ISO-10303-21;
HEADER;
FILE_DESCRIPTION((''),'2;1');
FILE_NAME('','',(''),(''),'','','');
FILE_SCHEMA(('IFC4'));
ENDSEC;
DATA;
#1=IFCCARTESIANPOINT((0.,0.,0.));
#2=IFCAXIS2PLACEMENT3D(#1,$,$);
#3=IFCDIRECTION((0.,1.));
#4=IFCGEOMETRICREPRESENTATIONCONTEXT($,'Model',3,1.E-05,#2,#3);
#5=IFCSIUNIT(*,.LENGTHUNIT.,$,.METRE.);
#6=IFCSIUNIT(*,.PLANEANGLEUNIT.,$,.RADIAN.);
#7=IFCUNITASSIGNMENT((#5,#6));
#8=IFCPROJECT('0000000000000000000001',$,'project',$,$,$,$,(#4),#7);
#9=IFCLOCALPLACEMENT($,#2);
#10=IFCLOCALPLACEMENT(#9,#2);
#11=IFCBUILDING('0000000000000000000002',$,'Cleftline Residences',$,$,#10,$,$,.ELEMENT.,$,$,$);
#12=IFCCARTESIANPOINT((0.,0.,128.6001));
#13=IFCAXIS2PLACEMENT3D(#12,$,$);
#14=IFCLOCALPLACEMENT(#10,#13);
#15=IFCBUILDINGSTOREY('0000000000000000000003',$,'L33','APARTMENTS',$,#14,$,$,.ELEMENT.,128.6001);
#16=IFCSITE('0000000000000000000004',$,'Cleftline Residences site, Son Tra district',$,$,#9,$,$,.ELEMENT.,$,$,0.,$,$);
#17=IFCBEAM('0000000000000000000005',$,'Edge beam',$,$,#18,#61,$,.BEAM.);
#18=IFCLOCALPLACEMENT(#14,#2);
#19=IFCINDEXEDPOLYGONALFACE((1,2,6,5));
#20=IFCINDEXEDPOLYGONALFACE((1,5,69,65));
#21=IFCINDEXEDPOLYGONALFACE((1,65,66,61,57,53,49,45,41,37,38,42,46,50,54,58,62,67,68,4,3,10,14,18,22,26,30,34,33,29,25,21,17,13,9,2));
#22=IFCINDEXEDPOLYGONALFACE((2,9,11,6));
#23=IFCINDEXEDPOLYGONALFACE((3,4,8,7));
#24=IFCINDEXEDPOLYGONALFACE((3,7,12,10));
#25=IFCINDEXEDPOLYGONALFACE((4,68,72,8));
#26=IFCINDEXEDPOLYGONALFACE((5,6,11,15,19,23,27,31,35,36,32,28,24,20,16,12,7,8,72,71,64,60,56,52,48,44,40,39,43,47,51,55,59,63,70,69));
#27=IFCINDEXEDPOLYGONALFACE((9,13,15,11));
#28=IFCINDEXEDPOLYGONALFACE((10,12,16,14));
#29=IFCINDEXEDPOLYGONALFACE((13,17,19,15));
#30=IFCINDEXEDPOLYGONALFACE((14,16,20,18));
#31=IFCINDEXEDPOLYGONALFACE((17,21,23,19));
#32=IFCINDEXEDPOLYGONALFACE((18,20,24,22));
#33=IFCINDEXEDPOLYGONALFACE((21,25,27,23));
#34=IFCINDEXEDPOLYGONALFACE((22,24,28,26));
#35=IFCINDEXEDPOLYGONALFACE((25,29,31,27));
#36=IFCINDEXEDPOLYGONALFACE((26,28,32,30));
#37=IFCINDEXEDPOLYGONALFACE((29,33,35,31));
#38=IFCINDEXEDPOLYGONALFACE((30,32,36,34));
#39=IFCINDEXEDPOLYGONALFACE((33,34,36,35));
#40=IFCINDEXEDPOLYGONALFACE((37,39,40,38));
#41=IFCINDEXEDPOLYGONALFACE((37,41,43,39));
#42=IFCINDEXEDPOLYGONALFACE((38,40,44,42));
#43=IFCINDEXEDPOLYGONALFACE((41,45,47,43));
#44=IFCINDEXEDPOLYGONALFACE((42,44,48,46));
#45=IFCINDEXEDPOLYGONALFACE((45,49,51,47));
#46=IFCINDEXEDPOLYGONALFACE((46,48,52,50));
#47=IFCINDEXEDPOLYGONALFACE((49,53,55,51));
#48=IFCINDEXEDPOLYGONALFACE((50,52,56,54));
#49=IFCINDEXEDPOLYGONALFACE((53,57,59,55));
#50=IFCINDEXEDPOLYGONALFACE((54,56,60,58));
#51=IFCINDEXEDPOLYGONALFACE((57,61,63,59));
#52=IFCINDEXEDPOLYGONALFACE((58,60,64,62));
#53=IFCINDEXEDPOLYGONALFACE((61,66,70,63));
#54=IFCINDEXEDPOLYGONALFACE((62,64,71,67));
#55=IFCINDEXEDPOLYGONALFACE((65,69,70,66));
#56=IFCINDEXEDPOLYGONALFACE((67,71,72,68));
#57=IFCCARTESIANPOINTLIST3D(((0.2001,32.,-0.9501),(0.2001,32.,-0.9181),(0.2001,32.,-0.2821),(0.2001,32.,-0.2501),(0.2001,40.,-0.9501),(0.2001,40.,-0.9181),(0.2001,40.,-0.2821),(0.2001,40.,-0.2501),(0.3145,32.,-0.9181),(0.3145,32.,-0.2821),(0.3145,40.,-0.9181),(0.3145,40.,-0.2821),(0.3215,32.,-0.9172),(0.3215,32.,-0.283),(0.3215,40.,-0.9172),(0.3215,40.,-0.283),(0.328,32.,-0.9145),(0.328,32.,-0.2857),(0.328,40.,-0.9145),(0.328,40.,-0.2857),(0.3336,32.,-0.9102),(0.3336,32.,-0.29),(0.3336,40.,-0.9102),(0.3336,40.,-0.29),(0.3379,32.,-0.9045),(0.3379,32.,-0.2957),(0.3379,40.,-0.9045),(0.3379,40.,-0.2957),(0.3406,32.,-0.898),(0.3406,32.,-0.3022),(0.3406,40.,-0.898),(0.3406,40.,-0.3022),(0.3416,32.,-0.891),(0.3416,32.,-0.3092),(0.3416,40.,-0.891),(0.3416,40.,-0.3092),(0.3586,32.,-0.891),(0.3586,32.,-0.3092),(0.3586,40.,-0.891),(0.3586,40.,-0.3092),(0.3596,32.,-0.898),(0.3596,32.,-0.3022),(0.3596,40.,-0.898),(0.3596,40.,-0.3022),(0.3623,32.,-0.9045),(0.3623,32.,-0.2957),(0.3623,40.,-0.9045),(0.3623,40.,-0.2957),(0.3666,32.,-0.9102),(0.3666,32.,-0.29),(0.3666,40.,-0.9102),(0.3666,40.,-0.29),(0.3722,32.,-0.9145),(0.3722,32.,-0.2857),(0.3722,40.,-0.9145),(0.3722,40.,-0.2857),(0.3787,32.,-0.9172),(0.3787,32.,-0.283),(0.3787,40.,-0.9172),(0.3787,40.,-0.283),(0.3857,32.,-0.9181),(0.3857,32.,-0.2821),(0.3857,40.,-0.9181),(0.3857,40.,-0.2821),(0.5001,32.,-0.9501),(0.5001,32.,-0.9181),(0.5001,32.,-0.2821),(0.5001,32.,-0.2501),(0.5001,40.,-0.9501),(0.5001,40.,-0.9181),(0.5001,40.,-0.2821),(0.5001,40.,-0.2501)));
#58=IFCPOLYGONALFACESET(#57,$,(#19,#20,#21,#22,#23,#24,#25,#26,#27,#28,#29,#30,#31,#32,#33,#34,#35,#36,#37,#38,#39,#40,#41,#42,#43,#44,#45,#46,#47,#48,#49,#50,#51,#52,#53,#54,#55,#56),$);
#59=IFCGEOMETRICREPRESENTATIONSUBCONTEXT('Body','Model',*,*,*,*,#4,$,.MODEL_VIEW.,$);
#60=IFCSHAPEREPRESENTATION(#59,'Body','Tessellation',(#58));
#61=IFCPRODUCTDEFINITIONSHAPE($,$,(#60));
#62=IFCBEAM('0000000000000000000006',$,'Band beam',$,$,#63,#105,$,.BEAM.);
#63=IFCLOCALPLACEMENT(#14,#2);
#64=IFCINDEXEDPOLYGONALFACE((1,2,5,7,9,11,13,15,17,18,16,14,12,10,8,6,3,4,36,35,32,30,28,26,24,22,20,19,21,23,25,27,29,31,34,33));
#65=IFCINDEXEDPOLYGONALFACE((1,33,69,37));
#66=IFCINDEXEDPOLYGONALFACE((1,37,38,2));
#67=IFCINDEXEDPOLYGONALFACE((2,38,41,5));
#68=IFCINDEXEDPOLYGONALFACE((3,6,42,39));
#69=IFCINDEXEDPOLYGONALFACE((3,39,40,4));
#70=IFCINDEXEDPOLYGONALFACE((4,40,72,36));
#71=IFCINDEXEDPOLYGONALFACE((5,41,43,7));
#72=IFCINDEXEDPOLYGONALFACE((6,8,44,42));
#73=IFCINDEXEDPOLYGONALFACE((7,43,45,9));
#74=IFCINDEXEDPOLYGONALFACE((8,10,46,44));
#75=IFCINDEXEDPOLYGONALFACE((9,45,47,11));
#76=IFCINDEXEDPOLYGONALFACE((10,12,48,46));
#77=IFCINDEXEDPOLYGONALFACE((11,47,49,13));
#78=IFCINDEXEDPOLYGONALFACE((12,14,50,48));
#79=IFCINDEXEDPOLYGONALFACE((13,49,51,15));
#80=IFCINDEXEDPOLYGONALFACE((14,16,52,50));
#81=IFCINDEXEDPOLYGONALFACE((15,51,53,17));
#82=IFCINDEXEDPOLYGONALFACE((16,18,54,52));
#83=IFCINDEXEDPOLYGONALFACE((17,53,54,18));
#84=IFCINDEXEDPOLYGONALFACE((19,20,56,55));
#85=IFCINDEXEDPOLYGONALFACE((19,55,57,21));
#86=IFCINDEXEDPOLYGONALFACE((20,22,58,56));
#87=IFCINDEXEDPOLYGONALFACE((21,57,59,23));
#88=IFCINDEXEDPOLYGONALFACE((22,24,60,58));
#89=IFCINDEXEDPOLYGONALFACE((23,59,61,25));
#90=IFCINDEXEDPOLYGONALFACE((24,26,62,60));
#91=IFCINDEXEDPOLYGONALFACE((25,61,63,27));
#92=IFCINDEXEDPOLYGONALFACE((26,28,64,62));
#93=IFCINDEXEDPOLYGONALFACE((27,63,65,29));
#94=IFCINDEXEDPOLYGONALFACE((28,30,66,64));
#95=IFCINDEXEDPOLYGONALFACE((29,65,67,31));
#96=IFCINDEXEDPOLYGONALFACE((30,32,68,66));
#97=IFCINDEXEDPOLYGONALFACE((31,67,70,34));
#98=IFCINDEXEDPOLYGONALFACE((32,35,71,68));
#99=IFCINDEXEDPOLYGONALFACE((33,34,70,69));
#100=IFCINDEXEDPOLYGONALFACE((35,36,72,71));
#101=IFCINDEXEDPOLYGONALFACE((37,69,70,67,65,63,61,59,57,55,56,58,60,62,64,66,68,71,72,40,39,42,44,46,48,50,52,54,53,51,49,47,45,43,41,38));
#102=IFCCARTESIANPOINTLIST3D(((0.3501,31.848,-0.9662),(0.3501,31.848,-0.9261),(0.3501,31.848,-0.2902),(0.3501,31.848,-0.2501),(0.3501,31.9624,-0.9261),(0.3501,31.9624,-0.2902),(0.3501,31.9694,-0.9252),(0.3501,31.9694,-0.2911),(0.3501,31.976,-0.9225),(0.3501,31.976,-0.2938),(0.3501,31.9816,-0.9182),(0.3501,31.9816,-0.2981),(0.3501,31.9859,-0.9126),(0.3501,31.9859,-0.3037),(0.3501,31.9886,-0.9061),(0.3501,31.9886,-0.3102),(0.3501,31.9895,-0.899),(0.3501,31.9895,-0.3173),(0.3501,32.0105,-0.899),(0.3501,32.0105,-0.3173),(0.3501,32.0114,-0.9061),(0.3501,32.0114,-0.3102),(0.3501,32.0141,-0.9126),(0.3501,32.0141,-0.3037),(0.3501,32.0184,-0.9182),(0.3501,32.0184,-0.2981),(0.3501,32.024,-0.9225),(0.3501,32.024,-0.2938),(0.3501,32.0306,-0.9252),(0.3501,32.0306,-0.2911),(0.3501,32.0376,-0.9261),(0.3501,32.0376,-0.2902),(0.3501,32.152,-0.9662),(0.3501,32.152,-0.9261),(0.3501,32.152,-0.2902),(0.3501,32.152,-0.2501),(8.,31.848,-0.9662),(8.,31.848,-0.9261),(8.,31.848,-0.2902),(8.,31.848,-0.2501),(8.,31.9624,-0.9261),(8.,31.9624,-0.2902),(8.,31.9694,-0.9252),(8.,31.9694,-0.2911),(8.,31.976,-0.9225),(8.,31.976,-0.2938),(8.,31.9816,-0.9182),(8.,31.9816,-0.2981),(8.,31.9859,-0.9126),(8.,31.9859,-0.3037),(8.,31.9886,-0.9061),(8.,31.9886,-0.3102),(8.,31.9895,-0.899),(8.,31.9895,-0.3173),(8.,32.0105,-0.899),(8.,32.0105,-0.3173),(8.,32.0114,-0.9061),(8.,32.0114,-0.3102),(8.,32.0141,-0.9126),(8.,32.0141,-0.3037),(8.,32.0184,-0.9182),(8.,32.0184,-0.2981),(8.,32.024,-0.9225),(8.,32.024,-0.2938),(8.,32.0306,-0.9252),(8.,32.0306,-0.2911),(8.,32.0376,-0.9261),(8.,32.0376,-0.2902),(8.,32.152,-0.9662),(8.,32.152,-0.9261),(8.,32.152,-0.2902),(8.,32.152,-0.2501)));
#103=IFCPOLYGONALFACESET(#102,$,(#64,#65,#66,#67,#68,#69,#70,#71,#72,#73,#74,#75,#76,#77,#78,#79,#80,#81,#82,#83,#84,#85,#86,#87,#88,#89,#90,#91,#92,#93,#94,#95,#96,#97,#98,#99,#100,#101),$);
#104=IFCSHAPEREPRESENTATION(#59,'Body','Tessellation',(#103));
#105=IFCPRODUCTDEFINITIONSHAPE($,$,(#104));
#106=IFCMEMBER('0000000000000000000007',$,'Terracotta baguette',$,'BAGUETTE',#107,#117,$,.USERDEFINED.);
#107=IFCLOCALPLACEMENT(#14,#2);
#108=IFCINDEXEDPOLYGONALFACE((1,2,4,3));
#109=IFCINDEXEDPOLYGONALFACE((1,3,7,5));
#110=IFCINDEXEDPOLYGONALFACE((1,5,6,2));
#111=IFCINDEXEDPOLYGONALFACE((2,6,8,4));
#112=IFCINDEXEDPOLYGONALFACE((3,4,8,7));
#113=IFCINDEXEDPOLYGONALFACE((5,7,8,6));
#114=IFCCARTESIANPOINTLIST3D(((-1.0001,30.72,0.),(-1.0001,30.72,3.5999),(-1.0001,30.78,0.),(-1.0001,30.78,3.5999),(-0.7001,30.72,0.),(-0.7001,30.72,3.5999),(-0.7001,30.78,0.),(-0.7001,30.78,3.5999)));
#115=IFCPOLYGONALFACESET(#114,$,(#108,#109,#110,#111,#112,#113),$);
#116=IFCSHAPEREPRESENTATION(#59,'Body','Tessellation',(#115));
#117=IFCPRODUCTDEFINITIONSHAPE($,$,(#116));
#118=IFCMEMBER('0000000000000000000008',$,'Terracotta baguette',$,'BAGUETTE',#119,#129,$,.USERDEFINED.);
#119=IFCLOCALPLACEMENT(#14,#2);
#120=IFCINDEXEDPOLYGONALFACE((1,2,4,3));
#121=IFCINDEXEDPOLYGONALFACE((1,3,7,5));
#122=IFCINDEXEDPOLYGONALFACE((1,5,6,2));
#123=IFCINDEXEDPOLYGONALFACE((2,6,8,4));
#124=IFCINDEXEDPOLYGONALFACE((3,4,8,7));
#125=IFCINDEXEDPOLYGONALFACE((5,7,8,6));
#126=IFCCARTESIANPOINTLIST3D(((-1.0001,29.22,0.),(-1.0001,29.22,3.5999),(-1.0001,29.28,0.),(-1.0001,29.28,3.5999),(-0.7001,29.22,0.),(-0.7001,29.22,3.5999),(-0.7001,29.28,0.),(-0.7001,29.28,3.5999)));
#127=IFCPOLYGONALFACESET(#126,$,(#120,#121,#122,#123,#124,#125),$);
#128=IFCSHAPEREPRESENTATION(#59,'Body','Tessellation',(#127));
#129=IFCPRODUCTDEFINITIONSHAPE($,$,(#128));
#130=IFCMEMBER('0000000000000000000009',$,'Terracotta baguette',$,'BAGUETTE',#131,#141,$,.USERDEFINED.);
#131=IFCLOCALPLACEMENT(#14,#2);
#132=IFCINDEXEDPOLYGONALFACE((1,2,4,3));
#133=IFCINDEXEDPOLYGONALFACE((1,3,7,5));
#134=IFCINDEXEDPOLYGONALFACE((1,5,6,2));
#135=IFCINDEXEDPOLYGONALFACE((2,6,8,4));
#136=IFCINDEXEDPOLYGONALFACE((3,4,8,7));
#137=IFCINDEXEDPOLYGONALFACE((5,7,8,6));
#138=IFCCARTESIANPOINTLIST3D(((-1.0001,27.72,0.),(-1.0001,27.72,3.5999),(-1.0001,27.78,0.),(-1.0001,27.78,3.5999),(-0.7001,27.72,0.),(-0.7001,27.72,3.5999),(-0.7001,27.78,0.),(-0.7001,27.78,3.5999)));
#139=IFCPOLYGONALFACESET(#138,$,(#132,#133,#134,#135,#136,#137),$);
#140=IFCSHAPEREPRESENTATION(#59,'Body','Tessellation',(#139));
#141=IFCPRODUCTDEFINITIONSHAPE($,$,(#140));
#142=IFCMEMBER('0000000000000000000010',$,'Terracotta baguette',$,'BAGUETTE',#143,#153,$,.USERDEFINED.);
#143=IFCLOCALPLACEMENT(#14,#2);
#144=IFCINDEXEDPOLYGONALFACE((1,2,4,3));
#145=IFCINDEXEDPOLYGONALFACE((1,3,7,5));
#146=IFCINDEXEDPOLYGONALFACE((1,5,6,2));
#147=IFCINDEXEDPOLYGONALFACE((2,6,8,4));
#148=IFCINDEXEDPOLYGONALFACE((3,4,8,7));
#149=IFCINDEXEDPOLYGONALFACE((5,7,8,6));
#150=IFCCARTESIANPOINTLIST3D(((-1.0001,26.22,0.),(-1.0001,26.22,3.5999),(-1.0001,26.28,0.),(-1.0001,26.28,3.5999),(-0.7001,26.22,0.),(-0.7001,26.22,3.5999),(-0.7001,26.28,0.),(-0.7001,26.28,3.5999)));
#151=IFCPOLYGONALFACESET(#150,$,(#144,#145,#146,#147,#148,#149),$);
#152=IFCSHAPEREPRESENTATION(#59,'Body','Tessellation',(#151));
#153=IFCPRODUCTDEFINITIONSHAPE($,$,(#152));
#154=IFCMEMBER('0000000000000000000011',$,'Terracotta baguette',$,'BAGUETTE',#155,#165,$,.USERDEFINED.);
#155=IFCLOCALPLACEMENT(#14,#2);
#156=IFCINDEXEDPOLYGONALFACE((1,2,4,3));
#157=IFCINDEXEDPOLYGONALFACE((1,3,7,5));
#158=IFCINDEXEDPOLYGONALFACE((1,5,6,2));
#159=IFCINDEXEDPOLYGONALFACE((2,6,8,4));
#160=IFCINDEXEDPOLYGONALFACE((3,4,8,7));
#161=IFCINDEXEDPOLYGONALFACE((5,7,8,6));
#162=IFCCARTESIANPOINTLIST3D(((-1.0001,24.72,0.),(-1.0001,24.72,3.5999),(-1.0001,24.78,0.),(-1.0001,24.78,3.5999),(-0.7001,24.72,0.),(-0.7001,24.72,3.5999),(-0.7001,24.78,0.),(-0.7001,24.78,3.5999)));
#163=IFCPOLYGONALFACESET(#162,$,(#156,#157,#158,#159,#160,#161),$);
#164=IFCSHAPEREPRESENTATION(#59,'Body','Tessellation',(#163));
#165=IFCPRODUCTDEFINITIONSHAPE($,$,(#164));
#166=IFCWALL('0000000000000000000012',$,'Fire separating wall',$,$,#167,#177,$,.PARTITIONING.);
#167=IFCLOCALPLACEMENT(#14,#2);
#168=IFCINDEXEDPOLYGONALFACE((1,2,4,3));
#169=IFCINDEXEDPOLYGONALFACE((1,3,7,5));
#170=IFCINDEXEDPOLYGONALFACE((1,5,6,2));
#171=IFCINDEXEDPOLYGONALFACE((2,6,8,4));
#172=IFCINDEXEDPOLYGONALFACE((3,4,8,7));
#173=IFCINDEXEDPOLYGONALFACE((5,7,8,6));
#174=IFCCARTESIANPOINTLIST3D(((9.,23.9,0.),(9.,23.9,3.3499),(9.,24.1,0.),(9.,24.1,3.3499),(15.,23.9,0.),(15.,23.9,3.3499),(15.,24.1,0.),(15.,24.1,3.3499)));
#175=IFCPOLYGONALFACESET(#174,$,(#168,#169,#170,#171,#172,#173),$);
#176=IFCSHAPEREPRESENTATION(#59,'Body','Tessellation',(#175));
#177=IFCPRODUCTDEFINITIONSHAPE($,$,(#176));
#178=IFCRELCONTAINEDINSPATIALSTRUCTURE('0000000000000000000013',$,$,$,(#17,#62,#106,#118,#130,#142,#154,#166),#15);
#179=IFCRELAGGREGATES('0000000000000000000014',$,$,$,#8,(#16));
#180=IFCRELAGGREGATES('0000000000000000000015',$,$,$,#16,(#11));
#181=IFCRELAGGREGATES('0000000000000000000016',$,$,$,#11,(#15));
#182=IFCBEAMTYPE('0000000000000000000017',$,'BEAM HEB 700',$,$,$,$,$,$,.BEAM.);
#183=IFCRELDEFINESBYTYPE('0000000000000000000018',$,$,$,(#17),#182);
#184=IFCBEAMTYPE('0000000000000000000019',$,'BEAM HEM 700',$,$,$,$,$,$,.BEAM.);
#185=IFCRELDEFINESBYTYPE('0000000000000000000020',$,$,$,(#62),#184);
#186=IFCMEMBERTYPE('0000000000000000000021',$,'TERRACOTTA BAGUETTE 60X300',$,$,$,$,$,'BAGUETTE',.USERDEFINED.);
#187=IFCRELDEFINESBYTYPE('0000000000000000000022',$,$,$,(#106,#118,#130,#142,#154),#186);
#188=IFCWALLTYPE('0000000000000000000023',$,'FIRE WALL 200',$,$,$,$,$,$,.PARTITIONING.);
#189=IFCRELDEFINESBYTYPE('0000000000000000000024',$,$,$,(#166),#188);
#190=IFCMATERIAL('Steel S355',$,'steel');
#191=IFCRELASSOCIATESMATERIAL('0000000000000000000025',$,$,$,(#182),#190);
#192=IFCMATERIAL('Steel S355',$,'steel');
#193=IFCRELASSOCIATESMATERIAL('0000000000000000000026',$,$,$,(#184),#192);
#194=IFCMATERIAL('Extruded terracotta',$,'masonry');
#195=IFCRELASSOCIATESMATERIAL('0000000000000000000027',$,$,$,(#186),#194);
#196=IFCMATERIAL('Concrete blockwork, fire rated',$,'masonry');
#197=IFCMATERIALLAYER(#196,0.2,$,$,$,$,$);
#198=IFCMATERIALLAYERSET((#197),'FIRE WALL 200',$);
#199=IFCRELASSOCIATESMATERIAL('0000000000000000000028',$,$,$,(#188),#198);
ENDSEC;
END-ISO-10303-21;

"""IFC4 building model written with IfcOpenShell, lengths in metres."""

from ifc_helpers import new_model, si_unit, direction, frame, frame_2d, origin, origin_2d, place, context, subcontext, project, spatial, rectangle, i_section, extrude, material, layer, layer_set, material_profile, profile_set, type_object, element, save


model = new_model("IFC4")

# Units and contexts
model_context = context("Model", 3, precision=1e-05, world=origin(), true_north=direction((0.0, 1.0)))
body_context = subcontext(model_context, "Body", "Model", "MODEL_VIEW")
ifc_project = project(units=[si_unit("LENGTHUNIT", "METRE"), si_unit("PLANEANGLEUNIT", "RADIAN")], contexts=[model_context])

# Site, building, storey
site_placement = place(None, origin())
site = spatial("IfcSite", under=ifc_project, at=site_placement, Name="Cleftline Residences site, Son Tra district", CompositionType="ELEMENT", RefElevation=0.0)
building_placement = place(site_placement, origin())
building = spatial("IfcBuilding", under=site, at=building_placement, Name="Cleftline Residences", CompositionType="ELEMENT")
storey_placement = place(building_placement, frame((0.0, 0.0, 128.6001)))
storey = spatial("IfcBuildingStorey", under=building, at=storey_placement, Name="L33", Description="APARTMENTS", CompositionType="ELEMENT", Elevation=128.6001)

# Beams
ifc_material_1 = material(Name="Steel S355", Category="steel")
ifc_material_profile_1 = material_profile(ifc_material_1, i_section(OverallWidth=0.3, OverallDepth=0.7, WebThickness=0.0171, FlangeThickness=0.032, FilletRadius=0.0271, at=origin_2d()))
ifc_profile_set_1 = profile_set([ifc_material_profile_1], Name="Steel S355")
beam_type_1 = type_object("IfcBeamType", Name="BEAM HEB 700", PredefinedType="BEAM", material=ifc_profile_set_1)
for number, where, z_axis, x_axis, name in (
    (1, (0.3501, 32.0, -0.6001), (0.0, 1.0, 0.0), (-1.0, 0.0, 0.0), "Edge beam"),
):
    element("IfcBeam", number, at=place(storey_placement, frame(where, z_axis=z_axis, x_axis=x_axis)), inside=storey, type_object=beam_type_1, Name=name, PredefinedType="BEAM", context=body_context, shape_type="SweptSolid", body=[
        extrude(i_section(OverallWidth=0.3, OverallDepth=0.7, WebThickness=0.0171, FlangeThickness=0.032, FilletRadius=0.0271, at=origin_2d()), origin(), (0.0, 0.0, 1.0), 8.0),
    ])
ifc_material_2 = material(Name="Steel S355", Category="steel")
ifc_material_profile_2 = material_profile(ifc_material_2, i_section(OverallWidth=0.304, OverallDepth=0.7161, WebThickness=0.021, FlangeThickness=0.04, FilletRadius=0.0271, at=origin_2d()))
ifc_profile_set_2 = profile_set([ifc_material_profile_2], Name="Steel S355")
beam_type_2 = type_object("IfcBeamType", Name="BEAM HEM 700", PredefinedType="BEAM", material=ifc_profile_set_2)
beam_placement = place(storey_placement, frame((0.3501, 32.0, -0.6082), z_axis=(1.0, 0.0, 0.0), x_axis=(0.0, 1.0, 0.0)))
element("IfcBeam", 2, at=beam_placement, inside=storey, type_object=beam_type_2, Name="Band beam", PredefinedType="BEAM", context=body_context, shape_type="SweptSolid", body=[
    extrude(i_section(OverallWidth=0.304, OverallDepth=0.7161, WebThickness=0.021, FlangeThickness=0.04, FilletRadius=0.0271, at=origin_2d()), origin(), (0.0, 0.0, 1.0), 7.6499),
])

# Members
ifc_material_3 = material(Name="Extruded terracotta", Category="masonry")
ifc_material_profile_3 = material_profile(ifc_material_3, rectangle(XDim=0.0601, YDim=0.3, at=origin_2d()))
ifc_profile_set_3 = profile_set([ifc_material_profile_3], Name="Extruded terracotta")
member_type_1 = type_object("IfcMemberType", Name="TERRACOTTA BAGUETTE 60X300", ElementType="BAGUETTE", PredefinedType="USERDEFINED", material=ifc_profile_set_3)
for number, where, z_axis, x_axis, name in (
    (3, (-0.8501, 30.75, 0.0), (0.0, 0.0, 1.0), (0.0, 1.0, 0.0), "Terracotta baguette"),
    (4, (-0.8501, 29.25, 0.0), (0.0, 0.0, 1.0), (0.0, 1.0, 0.0), "Terracotta baguette"),
    (5, (-0.8501, 27.75, 0.0), (0.0, 0.0, 1.0), (0.0, 1.0, 0.0), "Terracotta baguette"),
    (6, (-0.8501, 26.25, 0.0), (0.0, 0.0, 1.0), (0.0, 1.0, 0.0), "Terracotta baguette"),
    (7, (-0.8501, 24.75, 0.0), (0.0, 0.0, 1.0), (0.0, 1.0, 0.0), "Terracotta baguette"),
):
    element("IfcMember", number, at=place(storey_placement, frame(where, z_axis=z_axis, x_axis=x_axis)), inside=storey, type_object=member_type_1, Name=name, ObjectType="BAGUETTE", PredefinedType="USERDEFINED", context=body_context, shape_type="SweptSolid", body=[
        extrude(rectangle(XDim=0.0601, YDim=0.3, at=origin_2d()), origin(), (0.0, 0.0, 1.0), 3.5999),
    ])

# Wall
ifc_material_4 = material(Name="Concrete blockwork, fire rated", Category="masonry")
ifc_layer_1 = layer(ifc_material_4, 0.2)
ifc_layer_set_1 = layer_set([ifc_layer_1], Name="FIRE WALL 200")
wall_type_1 = type_object("IfcWallType", Name="FIRE WALL 200", PredefinedType="PARTITIONING", material=ifc_layer_set_1)
wall_1_placement = place(storey_placement, frame((9.0, 24.0, 0.0), z_axis=(0.0, 0.0, 1.0), x_axis=(1.0, 0.0, 0.0)))
element("IfcWall", 8, at=wall_1_placement, inside=storey, type_object=wall_type_1, Name="Fire separating wall", PredefinedType="PARTITIONING", context=body_context, shape_type="SweptSolid", body=[
    extrude(rectangle(XDim=6.0, YDim=0.2, at=frame_2d((3.0, 0.0))), origin(), (0.0, 0.0, 1.0), 3.3499),
])

save(model, "model.ifc")
